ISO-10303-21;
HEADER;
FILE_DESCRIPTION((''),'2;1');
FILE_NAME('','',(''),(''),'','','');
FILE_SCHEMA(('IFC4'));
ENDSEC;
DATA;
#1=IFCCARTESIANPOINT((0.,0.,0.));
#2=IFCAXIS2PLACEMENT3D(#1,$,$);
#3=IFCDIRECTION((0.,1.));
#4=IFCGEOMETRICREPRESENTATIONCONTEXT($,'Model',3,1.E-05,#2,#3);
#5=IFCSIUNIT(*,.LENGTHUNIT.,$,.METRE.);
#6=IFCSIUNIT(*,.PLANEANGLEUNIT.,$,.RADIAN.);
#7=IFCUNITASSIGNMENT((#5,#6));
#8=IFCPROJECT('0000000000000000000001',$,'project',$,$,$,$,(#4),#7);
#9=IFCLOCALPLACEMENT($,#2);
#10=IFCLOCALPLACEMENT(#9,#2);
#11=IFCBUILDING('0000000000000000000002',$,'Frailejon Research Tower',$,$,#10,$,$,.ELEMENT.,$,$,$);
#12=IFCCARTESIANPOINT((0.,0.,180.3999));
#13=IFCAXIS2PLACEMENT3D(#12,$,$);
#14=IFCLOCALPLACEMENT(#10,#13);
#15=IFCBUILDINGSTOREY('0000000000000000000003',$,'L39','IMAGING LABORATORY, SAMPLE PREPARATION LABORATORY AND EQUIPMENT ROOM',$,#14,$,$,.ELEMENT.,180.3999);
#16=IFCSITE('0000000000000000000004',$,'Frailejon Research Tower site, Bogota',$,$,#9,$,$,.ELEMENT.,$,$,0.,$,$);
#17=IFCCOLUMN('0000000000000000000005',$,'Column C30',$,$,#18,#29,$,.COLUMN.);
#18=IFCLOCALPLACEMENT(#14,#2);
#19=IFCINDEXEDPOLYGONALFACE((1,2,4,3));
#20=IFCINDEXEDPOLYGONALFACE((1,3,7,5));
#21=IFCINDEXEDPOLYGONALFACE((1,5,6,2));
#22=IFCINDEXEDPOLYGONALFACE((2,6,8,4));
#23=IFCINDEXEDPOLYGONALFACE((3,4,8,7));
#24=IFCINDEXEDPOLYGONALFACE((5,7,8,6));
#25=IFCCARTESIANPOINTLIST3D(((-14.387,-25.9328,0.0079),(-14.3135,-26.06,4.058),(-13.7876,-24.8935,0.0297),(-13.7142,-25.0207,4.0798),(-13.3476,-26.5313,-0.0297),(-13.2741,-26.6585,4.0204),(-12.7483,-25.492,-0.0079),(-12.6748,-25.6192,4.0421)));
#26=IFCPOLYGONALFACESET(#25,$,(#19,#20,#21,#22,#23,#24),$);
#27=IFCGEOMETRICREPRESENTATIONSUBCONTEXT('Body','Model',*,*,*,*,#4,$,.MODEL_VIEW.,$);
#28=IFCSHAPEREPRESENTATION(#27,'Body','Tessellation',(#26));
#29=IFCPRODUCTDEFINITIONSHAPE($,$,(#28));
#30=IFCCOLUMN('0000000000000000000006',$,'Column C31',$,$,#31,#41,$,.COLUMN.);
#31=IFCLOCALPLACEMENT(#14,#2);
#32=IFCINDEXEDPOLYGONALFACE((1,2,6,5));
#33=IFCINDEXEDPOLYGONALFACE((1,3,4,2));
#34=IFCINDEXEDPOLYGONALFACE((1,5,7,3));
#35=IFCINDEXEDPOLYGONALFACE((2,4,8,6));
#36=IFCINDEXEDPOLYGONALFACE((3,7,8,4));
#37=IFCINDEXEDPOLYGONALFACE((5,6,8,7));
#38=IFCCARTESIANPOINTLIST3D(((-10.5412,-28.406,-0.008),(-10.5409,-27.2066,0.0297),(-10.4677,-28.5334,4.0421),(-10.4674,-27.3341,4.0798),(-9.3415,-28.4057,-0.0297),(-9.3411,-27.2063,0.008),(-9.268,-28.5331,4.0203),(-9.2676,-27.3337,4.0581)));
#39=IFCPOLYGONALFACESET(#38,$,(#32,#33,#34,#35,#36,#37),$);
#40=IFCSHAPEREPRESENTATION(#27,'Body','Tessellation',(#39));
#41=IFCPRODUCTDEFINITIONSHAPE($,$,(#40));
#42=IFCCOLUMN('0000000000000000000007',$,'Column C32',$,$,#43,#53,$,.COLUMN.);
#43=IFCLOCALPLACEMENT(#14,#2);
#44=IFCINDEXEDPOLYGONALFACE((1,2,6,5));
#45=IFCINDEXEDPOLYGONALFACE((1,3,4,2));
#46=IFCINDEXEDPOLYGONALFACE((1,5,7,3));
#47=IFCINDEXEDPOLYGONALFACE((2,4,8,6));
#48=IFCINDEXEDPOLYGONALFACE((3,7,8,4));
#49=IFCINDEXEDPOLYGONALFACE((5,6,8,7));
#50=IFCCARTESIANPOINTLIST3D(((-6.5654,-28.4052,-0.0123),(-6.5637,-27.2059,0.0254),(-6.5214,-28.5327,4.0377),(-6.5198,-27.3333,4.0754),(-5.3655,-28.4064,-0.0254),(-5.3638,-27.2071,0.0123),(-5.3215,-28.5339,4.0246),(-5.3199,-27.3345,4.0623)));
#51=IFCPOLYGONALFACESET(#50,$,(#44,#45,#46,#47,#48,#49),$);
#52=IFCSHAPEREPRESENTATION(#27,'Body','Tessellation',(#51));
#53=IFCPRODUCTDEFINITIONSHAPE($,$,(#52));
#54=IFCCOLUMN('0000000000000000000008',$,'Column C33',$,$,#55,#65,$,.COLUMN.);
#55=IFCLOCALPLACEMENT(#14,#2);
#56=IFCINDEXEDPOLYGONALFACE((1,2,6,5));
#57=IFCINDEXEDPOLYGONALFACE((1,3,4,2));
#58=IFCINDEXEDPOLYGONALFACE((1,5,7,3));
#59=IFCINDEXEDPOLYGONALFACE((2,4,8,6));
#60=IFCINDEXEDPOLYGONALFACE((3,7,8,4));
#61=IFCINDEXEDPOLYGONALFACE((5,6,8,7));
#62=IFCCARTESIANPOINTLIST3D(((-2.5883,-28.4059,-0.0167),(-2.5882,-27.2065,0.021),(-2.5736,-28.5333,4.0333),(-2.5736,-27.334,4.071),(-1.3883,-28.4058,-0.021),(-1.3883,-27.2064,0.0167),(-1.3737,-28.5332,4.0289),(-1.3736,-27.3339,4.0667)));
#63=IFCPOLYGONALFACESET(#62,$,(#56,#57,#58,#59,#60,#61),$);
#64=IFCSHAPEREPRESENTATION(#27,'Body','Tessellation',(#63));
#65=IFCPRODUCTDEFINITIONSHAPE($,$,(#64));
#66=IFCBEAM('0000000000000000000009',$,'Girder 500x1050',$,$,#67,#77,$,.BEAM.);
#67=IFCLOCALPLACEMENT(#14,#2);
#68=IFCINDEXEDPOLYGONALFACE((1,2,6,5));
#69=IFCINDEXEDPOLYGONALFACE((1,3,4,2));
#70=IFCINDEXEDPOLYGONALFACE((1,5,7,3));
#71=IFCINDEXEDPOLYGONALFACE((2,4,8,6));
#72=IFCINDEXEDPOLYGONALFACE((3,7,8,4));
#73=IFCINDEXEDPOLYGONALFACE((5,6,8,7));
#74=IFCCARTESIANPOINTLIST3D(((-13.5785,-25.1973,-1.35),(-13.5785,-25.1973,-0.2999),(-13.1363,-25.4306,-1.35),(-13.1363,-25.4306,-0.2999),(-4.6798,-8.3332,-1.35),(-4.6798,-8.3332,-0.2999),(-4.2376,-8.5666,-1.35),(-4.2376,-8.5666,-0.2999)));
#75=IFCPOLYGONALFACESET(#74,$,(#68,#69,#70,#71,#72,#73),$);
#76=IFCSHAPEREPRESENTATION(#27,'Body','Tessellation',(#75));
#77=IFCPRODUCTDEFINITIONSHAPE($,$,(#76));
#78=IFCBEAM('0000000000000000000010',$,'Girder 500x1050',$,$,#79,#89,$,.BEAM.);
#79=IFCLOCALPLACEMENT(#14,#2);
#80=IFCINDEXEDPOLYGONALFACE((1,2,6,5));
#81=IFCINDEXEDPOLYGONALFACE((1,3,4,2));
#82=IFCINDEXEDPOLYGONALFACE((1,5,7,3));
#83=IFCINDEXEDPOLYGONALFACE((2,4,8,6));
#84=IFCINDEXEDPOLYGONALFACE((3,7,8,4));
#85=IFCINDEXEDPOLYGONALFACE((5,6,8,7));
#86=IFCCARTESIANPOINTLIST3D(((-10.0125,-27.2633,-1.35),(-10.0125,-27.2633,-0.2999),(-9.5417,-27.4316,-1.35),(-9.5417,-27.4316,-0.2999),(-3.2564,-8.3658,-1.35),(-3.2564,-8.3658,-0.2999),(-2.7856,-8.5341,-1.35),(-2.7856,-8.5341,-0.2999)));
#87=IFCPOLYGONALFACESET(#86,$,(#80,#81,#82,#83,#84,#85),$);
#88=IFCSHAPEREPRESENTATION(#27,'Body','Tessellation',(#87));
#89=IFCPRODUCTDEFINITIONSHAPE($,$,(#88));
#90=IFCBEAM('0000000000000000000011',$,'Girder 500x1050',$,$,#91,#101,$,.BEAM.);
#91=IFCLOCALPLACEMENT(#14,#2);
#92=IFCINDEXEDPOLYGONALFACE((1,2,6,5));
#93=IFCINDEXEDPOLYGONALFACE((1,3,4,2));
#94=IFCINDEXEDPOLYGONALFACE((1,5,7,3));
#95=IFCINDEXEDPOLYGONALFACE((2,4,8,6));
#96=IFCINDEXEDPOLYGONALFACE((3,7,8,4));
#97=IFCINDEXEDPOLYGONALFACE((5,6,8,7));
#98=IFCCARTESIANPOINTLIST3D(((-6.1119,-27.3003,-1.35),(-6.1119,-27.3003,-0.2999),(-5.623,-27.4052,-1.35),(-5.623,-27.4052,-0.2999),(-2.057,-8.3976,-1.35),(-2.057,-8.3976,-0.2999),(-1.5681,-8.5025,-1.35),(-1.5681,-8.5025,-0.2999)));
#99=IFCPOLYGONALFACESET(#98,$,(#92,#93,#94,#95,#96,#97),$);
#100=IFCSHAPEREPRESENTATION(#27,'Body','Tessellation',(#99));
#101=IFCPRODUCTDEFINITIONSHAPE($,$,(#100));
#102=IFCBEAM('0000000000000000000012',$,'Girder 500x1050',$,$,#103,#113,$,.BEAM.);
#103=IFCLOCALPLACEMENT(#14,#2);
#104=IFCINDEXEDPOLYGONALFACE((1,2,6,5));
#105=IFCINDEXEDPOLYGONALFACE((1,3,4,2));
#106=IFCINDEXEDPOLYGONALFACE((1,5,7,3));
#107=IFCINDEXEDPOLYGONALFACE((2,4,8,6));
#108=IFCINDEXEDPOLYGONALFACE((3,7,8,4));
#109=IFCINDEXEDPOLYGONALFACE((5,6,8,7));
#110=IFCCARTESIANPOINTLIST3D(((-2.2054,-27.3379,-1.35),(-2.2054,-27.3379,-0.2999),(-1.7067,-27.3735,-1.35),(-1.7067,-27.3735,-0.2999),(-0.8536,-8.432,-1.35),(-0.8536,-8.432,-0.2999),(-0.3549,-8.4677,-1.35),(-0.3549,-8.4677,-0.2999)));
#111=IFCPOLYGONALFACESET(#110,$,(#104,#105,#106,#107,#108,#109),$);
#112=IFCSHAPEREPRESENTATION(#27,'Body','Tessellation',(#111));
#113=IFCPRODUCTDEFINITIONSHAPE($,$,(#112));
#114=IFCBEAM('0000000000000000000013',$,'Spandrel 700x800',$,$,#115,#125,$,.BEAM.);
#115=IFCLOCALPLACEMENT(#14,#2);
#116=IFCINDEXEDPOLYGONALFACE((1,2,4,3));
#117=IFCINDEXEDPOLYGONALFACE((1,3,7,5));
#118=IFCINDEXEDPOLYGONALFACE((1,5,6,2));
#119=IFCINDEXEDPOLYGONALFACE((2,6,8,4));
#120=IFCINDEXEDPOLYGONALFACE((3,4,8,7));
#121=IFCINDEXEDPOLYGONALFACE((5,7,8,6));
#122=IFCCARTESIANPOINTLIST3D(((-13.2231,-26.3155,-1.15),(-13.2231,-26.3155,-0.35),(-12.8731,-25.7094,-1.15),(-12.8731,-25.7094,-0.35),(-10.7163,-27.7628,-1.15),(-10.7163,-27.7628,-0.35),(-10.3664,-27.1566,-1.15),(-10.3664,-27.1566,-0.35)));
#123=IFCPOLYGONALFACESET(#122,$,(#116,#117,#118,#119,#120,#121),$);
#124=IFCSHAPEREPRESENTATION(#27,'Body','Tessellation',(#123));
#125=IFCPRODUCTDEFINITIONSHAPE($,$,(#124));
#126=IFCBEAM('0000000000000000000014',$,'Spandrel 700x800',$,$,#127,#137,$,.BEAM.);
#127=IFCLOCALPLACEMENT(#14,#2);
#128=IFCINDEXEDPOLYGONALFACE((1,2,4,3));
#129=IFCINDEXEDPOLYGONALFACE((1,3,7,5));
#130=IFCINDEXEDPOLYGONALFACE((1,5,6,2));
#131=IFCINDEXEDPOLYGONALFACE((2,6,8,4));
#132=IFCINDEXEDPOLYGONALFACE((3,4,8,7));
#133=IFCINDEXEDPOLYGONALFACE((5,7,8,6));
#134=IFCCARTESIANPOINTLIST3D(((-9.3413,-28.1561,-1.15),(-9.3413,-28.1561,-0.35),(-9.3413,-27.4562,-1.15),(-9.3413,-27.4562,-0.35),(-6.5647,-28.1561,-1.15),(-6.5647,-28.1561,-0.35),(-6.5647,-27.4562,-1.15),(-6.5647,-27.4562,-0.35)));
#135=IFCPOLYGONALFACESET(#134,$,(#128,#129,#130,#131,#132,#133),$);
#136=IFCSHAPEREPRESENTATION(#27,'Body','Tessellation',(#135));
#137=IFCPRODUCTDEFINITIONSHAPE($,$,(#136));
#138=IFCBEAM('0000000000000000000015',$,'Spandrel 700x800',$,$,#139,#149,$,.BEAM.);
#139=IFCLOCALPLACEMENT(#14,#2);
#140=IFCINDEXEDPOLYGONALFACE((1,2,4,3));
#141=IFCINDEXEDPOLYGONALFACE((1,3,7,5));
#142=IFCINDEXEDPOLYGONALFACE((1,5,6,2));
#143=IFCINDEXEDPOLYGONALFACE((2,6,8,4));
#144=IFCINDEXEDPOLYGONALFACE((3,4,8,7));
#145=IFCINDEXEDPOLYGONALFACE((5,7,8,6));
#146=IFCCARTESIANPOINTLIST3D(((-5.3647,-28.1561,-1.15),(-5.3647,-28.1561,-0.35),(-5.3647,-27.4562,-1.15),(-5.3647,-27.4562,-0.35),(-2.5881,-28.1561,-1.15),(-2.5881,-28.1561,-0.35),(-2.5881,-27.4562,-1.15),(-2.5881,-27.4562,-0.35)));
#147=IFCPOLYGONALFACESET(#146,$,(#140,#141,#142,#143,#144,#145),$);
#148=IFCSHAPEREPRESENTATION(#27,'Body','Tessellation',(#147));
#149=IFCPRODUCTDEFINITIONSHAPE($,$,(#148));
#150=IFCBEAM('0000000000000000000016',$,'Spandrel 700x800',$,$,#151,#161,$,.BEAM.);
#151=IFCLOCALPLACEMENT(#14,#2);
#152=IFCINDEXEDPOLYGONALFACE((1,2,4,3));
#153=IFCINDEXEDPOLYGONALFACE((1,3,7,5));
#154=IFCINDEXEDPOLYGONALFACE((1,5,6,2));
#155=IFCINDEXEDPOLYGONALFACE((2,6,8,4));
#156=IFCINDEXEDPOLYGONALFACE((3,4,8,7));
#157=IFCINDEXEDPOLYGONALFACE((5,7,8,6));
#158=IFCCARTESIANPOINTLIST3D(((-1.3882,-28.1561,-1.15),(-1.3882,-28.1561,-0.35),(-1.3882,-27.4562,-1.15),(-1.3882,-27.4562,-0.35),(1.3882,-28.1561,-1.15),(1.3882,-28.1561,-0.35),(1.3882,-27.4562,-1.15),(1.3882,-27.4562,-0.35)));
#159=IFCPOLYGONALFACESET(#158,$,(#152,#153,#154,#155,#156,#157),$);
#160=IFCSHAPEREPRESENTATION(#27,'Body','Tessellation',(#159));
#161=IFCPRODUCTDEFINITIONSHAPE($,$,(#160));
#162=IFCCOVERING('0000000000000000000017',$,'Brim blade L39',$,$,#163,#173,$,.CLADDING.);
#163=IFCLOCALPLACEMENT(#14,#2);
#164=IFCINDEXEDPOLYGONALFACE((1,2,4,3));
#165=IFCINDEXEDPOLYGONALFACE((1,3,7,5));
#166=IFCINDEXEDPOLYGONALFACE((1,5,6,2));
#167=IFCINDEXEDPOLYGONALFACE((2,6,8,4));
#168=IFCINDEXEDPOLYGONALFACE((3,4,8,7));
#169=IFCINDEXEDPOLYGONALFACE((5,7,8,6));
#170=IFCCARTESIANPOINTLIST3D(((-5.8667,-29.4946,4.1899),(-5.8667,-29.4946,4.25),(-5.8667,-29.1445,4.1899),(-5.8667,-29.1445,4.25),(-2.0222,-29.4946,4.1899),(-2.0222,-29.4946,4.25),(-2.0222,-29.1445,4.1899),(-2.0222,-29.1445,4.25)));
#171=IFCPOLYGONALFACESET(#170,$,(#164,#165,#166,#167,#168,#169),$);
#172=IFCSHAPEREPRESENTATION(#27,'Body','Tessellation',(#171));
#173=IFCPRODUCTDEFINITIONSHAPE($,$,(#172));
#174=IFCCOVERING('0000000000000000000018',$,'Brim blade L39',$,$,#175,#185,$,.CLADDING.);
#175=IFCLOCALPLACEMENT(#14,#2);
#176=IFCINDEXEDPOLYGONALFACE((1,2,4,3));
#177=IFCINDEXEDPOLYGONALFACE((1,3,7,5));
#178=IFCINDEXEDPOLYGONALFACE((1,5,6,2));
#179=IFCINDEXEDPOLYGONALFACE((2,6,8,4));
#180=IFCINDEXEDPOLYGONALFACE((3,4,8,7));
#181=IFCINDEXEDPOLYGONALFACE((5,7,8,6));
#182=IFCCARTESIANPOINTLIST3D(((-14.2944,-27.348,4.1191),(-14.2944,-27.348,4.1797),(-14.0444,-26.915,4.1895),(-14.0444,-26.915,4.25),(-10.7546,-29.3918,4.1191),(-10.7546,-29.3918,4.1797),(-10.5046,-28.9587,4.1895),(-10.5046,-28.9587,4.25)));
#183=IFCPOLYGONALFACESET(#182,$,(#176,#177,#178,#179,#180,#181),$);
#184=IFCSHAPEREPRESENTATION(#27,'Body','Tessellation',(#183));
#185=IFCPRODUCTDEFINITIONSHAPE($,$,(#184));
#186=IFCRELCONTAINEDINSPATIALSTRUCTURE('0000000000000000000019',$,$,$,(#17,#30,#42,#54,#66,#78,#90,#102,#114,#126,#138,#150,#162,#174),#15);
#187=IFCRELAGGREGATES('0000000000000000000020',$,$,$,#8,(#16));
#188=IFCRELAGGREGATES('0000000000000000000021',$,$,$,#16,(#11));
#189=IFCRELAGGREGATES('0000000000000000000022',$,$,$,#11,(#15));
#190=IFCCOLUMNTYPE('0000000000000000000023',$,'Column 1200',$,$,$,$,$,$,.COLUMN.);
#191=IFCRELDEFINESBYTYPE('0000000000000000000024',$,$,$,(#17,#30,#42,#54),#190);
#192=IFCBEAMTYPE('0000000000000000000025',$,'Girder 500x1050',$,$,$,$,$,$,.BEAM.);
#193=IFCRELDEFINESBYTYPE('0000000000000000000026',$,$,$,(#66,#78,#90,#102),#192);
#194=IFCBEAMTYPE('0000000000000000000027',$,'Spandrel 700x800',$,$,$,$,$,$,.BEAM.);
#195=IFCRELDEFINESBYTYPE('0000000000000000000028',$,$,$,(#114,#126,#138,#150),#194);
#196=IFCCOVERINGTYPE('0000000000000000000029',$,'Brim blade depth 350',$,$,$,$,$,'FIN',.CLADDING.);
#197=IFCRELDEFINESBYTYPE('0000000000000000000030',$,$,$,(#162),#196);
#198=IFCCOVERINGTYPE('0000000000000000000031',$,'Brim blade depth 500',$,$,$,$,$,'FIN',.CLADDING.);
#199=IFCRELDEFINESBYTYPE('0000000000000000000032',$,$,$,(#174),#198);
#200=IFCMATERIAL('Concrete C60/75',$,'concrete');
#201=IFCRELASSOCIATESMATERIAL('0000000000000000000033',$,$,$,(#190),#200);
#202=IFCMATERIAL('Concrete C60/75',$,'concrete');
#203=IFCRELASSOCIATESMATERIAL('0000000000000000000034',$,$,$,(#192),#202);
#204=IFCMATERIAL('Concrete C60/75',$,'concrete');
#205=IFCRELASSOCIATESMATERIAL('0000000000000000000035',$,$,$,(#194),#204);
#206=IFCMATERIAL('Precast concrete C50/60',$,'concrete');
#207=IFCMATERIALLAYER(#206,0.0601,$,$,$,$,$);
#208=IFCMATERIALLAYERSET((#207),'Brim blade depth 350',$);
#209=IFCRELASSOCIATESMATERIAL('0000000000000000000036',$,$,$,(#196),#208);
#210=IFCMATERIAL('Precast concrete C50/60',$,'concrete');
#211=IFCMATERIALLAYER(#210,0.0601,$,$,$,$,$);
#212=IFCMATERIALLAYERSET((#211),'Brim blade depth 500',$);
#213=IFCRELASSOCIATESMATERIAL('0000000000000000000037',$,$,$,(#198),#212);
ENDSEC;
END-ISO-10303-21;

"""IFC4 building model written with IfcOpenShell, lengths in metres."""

from ifc_helpers import new_model, si_unit, direction, frame, origin, origin_2d, place, context, subcontext, project, spatial, polyline, rectangle, outline, extrude, material, layer, layer_set, material_profile, profile_set, type_object, element, save


model = new_model("IFC4")

# Units and contexts
model_context = context("Model", 3, precision=1e-05, world=origin(), true_north=direction((0.0, 1.0)))
body_context = subcontext(model_context, "Body", "Model", "MODEL_VIEW")
ifc_project = project(units=[si_unit("LENGTHUNIT", "METRE"), si_unit("PLANEANGLEUNIT", "RADIAN")], contexts=[model_context])

# Site, building, storey
site_placement = place(None, origin())
site = spatial("IfcSite", under=ifc_project, at=site_placement, Name="Frailejon Research Tower site, Bogota", CompositionType="ELEMENT", RefElevation=0.0)
building_placement = place(site_placement, origin())
building = spatial("IfcBuilding", under=site, at=building_placement, Name="Frailejon Research Tower", CompositionType="ELEMENT")
storey_placement = place(building_placement, frame((0.0, 0.0, 180.3999)))
storey = spatial("IfcBuildingStorey", under=building, at=storey_placement, Name="L39", Description="IMAGING LABORATORY, SAMPLE PREPARATION LABORATORY AND EQUIPMENT ROOM", CompositionType="ELEMENT", Elevation=180.3999)

# Columns
ifc_material_1 = material(Name="Concrete C60/75", Category="concrete")
ifc_material_profile_1 = material_profile(ifc_material_1, rectangle(XDim=1.2, YDim=1.2, at=origin_2d()), Name="Column 1200")
ifc_profile_set_1 = profile_set([ifc_material_profile_1], Name="Concrete C60/75")
column_type = type_object("IfcColumnType", Name="Column 1200", PredefinedType="COLUMN", material=ifc_profile_set_1)
for number, where, z_axis, x_axis, name in (
    (1, (-13.5676, -25.7124, 0.0), (0.018133, -0.031386, 0.999343), (0.866156, -0.498787, -0.031381), "Column C30"),
    (2, (-9.9412, -27.8062, 0.0), (0.018133, -0.031446, 0.999341), (0.999836, 0.000286, -0.018133), "Column C31"),
):
    element("IfcColumn", number, at=place(storey_placement, frame(where, z_axis=z_axis, x_axis=x_axis)), inside=storey, type_object=column_type, Name=name, PredefinedType="COLUMN", context=body_context, shape_type="SweptSolid", body=[
        extrude(rectangle(XDim=1.2, YDim=1.2, at=origin_2d()), origin(), (0.0, 0.0, 1.0), 4.0527),
    ])
column_1_placement = place(storey_placement, frame((-5.9646, -27.8062, 0.0), z_axis=(0.010845, -0.031449, 0.999447), x_axis=(0.99994, -0.001017, -0.010882)))
element("IfcColumn", 3, at=column_1_placement, inside=storey, type_object=column_type, Name="Column C32", PredefinedType="COLUMN", context=body_context, shape_type="SweptSolid", body=[
    extrude(rectangle(XDim=1.2, YDim=1.2, at=origin_2d()), origin(), (0.0, 0.0, 1.0), 4.0522),
])
column_2_placement = place(storey_placement, frame((-1.9883, -27.8062, 0.0), z_axis=(0.003615, -0.031451, 0.999499), x_axis=(0.999993, 0.000089, -0.003614)))
element("IfcColumn", 4, at=column_2_placement, inside=storey, type_object=column_type, Name="Column C33", PredefinedType="COLUMN", context=body_context, shape_type="SweptSolid", body=[
    extrude(rectangle(XDim=1.2, YDim=1.2, at=origin_2d()), origin(), (0.0, 0.0, 1.0), 4.052),
])

# Beams
ifc_material_2 = material(Name="Concrete C60/75", Category="concrete")
ifc_material_profile_2 = material_profile(ifc_material_2, rectangle(XDim=0.5, YDim=1.05, at=origin_2d()), Name="Girder 500x1050")
ifc_profile_set_2 = profile_set([ifc_material_profile_2], Name="Concrete C60/75")
beam_type_1 = type_object("IfcBeamType", Name="Girder 500x1050", PredefinedType="BEAM", material=ifc_profile_set_2)
beam_1_placement = place(storey_placement, frame((-13.3574, -25.314, -0.825), z_axis=(0.466686, 0.884423, 0.0), x_axis=(-0.884423, 0.466686, 0.0)))
element("IfcBeam", 5, at=beam_1_placement, inside=storey, type_object=beam_type_1, Name="Girder 500x1050", PredefinedType="BEAM", context=body_context, shape_type="SweptSolid", body=[
    extrude(rectangle(XDim=0.5, YDim=1.05, at=origin_2d()), origin(), (0.0, 0.0, 1.0), 19.0679),
])
beam_2_placement = place(storey_placement, frame((-9.7771, -27.3474, -0.825), z_axis=(0.336646, 0.941631, 0.0), x_axis=(-0.941631, 0.336646, 0.0)))
element("IfcBeam", 6, at=beam_2_placement, inside=storey, type_object=beam_type_1, Name="Girder 500x1050", PredefinedType="BEAM", context=body_context, shape_type="SweptSolid", body=[
    extrude(rectangle(XDim=0.5, YDim=1.05, at=origin_2d()), origin(), (0.0, 0.0, 1.0), 20.0688),
])
beam_3_placement = place(storey_placement, frame((-5.8674, -27.3528, -0.825), z_axis=(0.209743, 0.977757, 0.0), x_axis=(-0.977757, 0.209743, 0.0)))
element("IfcBeam", 7, at=beam_3_placement, inside=storey, type_object=beam_type_1, Name="Girder 500x1050", PredefinedType="BEAM", context=body_context, shape_type="SweptSolid", body=[
    extrude(rectangle(XDim=0.5, YDim=1.05, at=origin_2d()), origin(), (0.0, 0.0, 1.0), 19.3328),
])
beam_4_placement = place(storey_placement, frame((-1.9561, -27.3557, -0.825), z_axis=(0.07132, 0.997453, 0.0), x_axis=(-0.997453, 0.07132, 0.0)))
element("IfcBeam", 8, at=beam_4_placement, inside=storey, type_object=beam_type_1, Name="Girder 500x1050", PredefinedType="BEAM", context=body_context, shape_type="SweptSolid", body=[
    extrude(rectangle(XDim=0.5, YDim=1.05, at=origin_2d()), origin(), (0.0, 0.0, 1.0), 18.9541),
])
ifc_material_3 = material(Name="Concrete C60/75", Category="concrete")
ifc_material_profile_3 = material_profile(ifc_material_3, rectangle(XDim=0.7, YDim=0.8, at=origin_2d()), Name="Spandrel 700x800")
ifc_profile_set_3 = profile_set([ifc_material_profile_3], Name="Concrete C60/75")
beam_type_2 = type_object("IfcBeamType", Name="Spandrel 700x800", PredefinedType="BEAM", material=ifc_profile_set_3)
beam_5_placement = place(storey_placement, frame((-13.0481, -26.0125, -0.75), z_axis=(0.866034, -0.499985, 0.0), x_axis=(0.499985, 0.866034, 0.0)))
element("IfcBeam", 9, at=beam_5_placement, inside=storey, type_object=beam_type_2, Name="Spandrel 700x800", PredefinedType="BEAM", context=body_context, shape_type="SweptSolid", body=[
    extrude(rectangle(XDim=0.7, YDim=0.8, at=origin_2d()), origin(), (0.0, 0.0, 1.0), 2.8945),
])
for number, where, z_axis, x_axis, name in (
    (10, (-9.3413, -27.8062, -0.75), (1.0, 0.0, 0.0), (0.0, 1.0, 0.0), "Spandrel 700x800"),
    (11, (-5.3647, -27.8062, -0.75), (1.0, 0.0, 0.0), (0.0, 1.0, 0.0), "Spandrel 700x800"),
):
    element("IfcBeam", number, at=place(storey_placement, frame(where, z_axis=z_axis, x_axis=x_axis)), inside=storey, type_object=beam_type_2, Name=name, PredefinedType="BEAM", context=body_context, shape_type="SweptSolid", body=[
        extrude(rectangle(XDim=0.7, YDim=0.8, at=origin_2d()), origin(), (0.0, 0.0, 1.0), 2.7766),
    ])
beam_6_placement = place(storey_placement, frame((-1.3882, -27.8062, -0.75), z_axis=(1.0, 0.0, 0.0), x_axis=(0.0, 1.0, 0.0)))
element("IfcBeam", 12, at=beam_6_placement, inside=storey, type_object=beam_type_2, Name="Spandrel 700x800", PredefinedType="BEAM", context=body_context, shape_type="SweptSolid", body=[
    extrude(rectangle(XDim=0.7, YDim=0.8, at=origin_2d()), origin(), (0.0, 0.0, 1.0), 2.7764),
])

# Coverings
ifc_material_4 = material(Name="Precast concrete C50/60", Category="concrete")
ifc_layer_1 = layer(ifc_material_4, 0.0601)
ifc_layer_set_1 = layer_set([ifc_layer_1], Name="Brim blade depth 350")
covering_type_1 = type_object("IfcCoveringType", Name="Brim blade depth 350", ElementType="FIN", PredefinedType="CLADDING", material=ifc_layer_set_1)
covering_1_placement = place(storey_placement, frame((-2.0222, -29.1445, 4.25), z_axis=(-1.0, 0.0, 0.0), x_axis=(0.0, -1.0, 0.0)))
element("IfcCovering", 13, at=covering_1_placement, inside=storey, type_object=covering_type_1, Name="Brim blade L39", PredefinedType="CLADDING", context=body_context, shape_type="SweptSolid", body=[
    extrude(outline(polyline([(0.0, -0.0601), (0.3501, -0.0601), (0.3501, 0.0), (0.0, 0.0), (0.0, -0.0601)])), origin(), (0.0, 0.0, 1.0), 3.8445),
])
ifc_material_5 = material(Name="Precast concrete C50/60", Category="concrete")
ifc_layer_2 = layer(ifc_material_5, 0.0601)
ifc_layer_set_2 = layer_set([ifc_layer_2], Name="Brim blade depth 500")
covering_type_2 = type_object("IfcCoveringType", Name="Brim blade depth 500", ElementType="FIN", PredefinedType="CLADDING", material=ifc_layer_set_2)
covering_2_placement = place(storey_placement, frame((-10.5046, -28.9587, 4.25), z_axis=(-0.866021, 0.500007, 0.0), x_axis=(-0.500007, -0.866021, 0.0)))
element("IfcCovering", 14, at=covering_2_placement, inside=storey, type_object=covering_type_2, Name="Brim blade L39", PredefinedType="CLADDING", context=body_context, shape_type="SweptSolid", body=[
    extrude(outline(polyline([(0.0, -0.0605), (0.5, -0.1309), (0.5, -0.0703), (0.0, 0.0), (0.0, -0.0605)])), origin(), (0.0, 0.0, 1.0), 4.0874),
])

save(model, "model.ifc")
